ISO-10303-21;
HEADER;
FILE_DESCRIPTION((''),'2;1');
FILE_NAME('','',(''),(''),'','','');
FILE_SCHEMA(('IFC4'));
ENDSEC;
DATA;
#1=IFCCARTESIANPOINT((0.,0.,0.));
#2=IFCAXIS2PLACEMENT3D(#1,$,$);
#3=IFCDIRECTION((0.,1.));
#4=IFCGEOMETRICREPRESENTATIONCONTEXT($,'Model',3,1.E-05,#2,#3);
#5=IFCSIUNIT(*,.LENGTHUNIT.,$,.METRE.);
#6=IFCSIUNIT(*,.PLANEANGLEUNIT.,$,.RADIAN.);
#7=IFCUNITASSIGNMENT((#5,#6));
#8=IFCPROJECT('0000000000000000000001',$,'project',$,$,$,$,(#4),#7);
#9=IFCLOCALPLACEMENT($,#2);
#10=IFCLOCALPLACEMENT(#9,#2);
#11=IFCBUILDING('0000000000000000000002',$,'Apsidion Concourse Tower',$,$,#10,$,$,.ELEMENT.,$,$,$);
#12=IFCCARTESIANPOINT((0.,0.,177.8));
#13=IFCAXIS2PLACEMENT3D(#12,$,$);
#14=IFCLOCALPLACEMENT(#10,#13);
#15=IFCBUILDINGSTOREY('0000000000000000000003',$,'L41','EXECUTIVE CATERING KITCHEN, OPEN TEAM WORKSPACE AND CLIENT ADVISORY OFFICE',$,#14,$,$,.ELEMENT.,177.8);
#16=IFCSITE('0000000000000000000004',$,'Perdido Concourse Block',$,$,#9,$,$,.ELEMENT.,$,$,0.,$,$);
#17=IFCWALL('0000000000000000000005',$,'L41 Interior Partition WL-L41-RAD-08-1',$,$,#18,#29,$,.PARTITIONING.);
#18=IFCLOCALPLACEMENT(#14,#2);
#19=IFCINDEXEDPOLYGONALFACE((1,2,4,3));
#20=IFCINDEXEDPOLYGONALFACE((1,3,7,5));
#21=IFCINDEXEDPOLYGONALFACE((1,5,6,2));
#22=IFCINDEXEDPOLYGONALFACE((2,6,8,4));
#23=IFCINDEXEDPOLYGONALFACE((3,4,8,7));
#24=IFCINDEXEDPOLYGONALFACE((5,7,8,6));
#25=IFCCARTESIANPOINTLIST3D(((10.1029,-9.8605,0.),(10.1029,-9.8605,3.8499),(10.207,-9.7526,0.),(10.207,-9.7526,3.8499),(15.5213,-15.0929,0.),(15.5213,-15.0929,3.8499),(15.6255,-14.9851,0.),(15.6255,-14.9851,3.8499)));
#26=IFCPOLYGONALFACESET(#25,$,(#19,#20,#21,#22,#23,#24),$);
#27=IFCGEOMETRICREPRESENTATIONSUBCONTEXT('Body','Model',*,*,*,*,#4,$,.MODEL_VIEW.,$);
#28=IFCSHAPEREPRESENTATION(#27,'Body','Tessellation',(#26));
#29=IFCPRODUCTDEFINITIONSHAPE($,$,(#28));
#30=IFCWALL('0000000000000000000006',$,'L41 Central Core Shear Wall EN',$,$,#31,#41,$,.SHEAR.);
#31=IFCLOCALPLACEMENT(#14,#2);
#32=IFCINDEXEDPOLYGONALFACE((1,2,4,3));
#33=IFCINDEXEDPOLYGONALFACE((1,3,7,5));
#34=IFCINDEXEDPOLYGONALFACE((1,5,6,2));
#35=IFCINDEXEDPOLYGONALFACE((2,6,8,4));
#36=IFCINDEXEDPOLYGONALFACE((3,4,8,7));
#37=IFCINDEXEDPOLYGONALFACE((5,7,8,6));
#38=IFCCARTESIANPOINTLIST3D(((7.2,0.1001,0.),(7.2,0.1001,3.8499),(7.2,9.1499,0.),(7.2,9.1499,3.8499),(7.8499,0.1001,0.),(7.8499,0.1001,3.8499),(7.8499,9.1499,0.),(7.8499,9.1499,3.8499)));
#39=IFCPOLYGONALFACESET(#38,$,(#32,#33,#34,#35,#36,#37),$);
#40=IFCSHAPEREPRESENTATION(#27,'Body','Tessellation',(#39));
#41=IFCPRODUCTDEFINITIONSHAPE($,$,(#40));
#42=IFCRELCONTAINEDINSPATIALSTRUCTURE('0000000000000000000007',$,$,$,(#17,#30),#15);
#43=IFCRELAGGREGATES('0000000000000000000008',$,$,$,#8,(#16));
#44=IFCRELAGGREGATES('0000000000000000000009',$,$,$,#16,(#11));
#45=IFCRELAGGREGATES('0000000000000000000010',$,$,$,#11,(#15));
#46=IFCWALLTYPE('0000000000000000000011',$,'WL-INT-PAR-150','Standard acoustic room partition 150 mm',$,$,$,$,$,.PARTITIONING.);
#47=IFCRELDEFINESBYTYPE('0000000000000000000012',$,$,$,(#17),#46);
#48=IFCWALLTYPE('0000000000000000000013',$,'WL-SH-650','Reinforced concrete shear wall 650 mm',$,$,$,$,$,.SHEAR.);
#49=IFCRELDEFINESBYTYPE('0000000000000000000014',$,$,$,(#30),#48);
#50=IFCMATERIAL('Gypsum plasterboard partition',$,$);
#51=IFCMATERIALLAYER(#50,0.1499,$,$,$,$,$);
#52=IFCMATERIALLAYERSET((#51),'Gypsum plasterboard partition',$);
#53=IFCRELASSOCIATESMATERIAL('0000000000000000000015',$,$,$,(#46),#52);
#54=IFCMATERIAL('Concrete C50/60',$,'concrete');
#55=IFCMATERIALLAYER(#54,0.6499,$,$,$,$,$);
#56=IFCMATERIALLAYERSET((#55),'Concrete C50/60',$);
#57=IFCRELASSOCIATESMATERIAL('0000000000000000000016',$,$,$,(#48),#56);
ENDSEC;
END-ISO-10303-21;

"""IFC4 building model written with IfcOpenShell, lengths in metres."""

from ifc_helpers import new_model, si_unit, direction, frame, frame_2d, origin, place, context, subcontext, project, spatial, rectangle, extrude, material, layer, layer_set, type_object, element, save


model = new_model("IFC4")

# Units and contexts
model_context = context("Model", 3, precision=1e-05, world=origin(), true_north=direction((0.0, 1.0)))
body_context = subcontext(model_context, "Body", "Model", "MODEL_VIEW")
ifc_project = project(units=[si_unit("LENGTHUNIT", "METRE"), si_unit("PLANEANGLEUNIT", "RADIAN")], contexts=[model_context])

# Site, building, storey
site_placement = place(None, origin())
site = spatial("IfcSite", under=ifc_project, at=site_placement, Name="Perdido Concourse Block", CompositionType="ELEMENT", RefElevation=0.0)
building_placement = place(site_placement, origin())
building = spatial("IfcBuilding", under=site, at=building_placement, Name="Apsidion Concourse Tower", CompositionType="ELEMENT")
storey_placement = place(building_placement, frame((0.0, 0.0, 177.8)))
storey = spatial("IfcBuildingStorey", under=building, at=storey_placement, Name="L41", Description="EXECUTIVE CATERING KITCHEN, OPEN TEAM WORKSPACE AND CLIENT ADVISORY OFFICE", CompositionType="ELEMENT", Elevation=177.8)

# Shared definitions
ifc_material_1 = material(Name="Concrete C50/60", Category="concrete")

# Shared definitions
ifc_material_2 = material(Name="Gypsum plasterboard partition")
ifc_layer_1 = layer(ifc_material_2, 0.1499)
ifc_layer_set_1 = layer_set([ifc_layer_1], Name="Gypsum plasterboard partition")
wall_type_1 = type_object("IfcWallType", Name="WL-INT-PAR-150", Description="Standard acoustic room partition 150 mm", PredefinedType="PARTITIONING", material=ifc_layer_set_1)

# Walls
wall_1_placement = place(storey_placement, frame((10.155, -9.8066, 0.0), z_axis=(0.0, 0.0, 1.0), x_axis=(0.719348, -0.69465, 0.0)))
element("IfcWall", 1, at=wall_1_placement, inside=storey, type_object=wall_type_1, Name="L41 Interior Partition WL-L41-RAD-08-1", PredefinedType="PARTITIONING", context=body_context, shape_type="SweptSolid", body=[
    extrude(rectangle(XDim=7.5325, YDim=0.1499, at=frame_2d((3.7661, 0.0))), origin(), (0.0, 0.0, 1.0), 3.8499),
])
ifc_layer_2 = layer(ifc_material_1, 0.6499)
ifc_layer_set_2 = layer_set([ifc_layer_2], Name="Concrete C50/60")
wall_type_2 = type_object("IfcWallType", Name="WL-SH-650", Description="Reinforced concrete shear wall 650 mm", PredefinedType="SHEAR", material=ifc_layer_set_2)
wall_2_placement = place(storey_placement, frame((7.5249, 0.1001, 0.0), z_axis=(0.0, 0.0, 1.0), x_axis=(0.0, 1.0, 0.0)))
element("IfcWall", 2, at=wall_2_placement, inside=storey, type_object=wall_type_2, Name="L41 Central Core Shear Wall EN", PredefinedType="SHEAR", context=body_context, shape_type="SweptSolid", body=[
    extrude(rectangle(XDim=9.0498, YDim=0.6499, at=frame_2d((4.5249, 0.0))), origin(), (0.0, 0.0, 1.0), 3.8499),
])

save(model, "model.ifc")
